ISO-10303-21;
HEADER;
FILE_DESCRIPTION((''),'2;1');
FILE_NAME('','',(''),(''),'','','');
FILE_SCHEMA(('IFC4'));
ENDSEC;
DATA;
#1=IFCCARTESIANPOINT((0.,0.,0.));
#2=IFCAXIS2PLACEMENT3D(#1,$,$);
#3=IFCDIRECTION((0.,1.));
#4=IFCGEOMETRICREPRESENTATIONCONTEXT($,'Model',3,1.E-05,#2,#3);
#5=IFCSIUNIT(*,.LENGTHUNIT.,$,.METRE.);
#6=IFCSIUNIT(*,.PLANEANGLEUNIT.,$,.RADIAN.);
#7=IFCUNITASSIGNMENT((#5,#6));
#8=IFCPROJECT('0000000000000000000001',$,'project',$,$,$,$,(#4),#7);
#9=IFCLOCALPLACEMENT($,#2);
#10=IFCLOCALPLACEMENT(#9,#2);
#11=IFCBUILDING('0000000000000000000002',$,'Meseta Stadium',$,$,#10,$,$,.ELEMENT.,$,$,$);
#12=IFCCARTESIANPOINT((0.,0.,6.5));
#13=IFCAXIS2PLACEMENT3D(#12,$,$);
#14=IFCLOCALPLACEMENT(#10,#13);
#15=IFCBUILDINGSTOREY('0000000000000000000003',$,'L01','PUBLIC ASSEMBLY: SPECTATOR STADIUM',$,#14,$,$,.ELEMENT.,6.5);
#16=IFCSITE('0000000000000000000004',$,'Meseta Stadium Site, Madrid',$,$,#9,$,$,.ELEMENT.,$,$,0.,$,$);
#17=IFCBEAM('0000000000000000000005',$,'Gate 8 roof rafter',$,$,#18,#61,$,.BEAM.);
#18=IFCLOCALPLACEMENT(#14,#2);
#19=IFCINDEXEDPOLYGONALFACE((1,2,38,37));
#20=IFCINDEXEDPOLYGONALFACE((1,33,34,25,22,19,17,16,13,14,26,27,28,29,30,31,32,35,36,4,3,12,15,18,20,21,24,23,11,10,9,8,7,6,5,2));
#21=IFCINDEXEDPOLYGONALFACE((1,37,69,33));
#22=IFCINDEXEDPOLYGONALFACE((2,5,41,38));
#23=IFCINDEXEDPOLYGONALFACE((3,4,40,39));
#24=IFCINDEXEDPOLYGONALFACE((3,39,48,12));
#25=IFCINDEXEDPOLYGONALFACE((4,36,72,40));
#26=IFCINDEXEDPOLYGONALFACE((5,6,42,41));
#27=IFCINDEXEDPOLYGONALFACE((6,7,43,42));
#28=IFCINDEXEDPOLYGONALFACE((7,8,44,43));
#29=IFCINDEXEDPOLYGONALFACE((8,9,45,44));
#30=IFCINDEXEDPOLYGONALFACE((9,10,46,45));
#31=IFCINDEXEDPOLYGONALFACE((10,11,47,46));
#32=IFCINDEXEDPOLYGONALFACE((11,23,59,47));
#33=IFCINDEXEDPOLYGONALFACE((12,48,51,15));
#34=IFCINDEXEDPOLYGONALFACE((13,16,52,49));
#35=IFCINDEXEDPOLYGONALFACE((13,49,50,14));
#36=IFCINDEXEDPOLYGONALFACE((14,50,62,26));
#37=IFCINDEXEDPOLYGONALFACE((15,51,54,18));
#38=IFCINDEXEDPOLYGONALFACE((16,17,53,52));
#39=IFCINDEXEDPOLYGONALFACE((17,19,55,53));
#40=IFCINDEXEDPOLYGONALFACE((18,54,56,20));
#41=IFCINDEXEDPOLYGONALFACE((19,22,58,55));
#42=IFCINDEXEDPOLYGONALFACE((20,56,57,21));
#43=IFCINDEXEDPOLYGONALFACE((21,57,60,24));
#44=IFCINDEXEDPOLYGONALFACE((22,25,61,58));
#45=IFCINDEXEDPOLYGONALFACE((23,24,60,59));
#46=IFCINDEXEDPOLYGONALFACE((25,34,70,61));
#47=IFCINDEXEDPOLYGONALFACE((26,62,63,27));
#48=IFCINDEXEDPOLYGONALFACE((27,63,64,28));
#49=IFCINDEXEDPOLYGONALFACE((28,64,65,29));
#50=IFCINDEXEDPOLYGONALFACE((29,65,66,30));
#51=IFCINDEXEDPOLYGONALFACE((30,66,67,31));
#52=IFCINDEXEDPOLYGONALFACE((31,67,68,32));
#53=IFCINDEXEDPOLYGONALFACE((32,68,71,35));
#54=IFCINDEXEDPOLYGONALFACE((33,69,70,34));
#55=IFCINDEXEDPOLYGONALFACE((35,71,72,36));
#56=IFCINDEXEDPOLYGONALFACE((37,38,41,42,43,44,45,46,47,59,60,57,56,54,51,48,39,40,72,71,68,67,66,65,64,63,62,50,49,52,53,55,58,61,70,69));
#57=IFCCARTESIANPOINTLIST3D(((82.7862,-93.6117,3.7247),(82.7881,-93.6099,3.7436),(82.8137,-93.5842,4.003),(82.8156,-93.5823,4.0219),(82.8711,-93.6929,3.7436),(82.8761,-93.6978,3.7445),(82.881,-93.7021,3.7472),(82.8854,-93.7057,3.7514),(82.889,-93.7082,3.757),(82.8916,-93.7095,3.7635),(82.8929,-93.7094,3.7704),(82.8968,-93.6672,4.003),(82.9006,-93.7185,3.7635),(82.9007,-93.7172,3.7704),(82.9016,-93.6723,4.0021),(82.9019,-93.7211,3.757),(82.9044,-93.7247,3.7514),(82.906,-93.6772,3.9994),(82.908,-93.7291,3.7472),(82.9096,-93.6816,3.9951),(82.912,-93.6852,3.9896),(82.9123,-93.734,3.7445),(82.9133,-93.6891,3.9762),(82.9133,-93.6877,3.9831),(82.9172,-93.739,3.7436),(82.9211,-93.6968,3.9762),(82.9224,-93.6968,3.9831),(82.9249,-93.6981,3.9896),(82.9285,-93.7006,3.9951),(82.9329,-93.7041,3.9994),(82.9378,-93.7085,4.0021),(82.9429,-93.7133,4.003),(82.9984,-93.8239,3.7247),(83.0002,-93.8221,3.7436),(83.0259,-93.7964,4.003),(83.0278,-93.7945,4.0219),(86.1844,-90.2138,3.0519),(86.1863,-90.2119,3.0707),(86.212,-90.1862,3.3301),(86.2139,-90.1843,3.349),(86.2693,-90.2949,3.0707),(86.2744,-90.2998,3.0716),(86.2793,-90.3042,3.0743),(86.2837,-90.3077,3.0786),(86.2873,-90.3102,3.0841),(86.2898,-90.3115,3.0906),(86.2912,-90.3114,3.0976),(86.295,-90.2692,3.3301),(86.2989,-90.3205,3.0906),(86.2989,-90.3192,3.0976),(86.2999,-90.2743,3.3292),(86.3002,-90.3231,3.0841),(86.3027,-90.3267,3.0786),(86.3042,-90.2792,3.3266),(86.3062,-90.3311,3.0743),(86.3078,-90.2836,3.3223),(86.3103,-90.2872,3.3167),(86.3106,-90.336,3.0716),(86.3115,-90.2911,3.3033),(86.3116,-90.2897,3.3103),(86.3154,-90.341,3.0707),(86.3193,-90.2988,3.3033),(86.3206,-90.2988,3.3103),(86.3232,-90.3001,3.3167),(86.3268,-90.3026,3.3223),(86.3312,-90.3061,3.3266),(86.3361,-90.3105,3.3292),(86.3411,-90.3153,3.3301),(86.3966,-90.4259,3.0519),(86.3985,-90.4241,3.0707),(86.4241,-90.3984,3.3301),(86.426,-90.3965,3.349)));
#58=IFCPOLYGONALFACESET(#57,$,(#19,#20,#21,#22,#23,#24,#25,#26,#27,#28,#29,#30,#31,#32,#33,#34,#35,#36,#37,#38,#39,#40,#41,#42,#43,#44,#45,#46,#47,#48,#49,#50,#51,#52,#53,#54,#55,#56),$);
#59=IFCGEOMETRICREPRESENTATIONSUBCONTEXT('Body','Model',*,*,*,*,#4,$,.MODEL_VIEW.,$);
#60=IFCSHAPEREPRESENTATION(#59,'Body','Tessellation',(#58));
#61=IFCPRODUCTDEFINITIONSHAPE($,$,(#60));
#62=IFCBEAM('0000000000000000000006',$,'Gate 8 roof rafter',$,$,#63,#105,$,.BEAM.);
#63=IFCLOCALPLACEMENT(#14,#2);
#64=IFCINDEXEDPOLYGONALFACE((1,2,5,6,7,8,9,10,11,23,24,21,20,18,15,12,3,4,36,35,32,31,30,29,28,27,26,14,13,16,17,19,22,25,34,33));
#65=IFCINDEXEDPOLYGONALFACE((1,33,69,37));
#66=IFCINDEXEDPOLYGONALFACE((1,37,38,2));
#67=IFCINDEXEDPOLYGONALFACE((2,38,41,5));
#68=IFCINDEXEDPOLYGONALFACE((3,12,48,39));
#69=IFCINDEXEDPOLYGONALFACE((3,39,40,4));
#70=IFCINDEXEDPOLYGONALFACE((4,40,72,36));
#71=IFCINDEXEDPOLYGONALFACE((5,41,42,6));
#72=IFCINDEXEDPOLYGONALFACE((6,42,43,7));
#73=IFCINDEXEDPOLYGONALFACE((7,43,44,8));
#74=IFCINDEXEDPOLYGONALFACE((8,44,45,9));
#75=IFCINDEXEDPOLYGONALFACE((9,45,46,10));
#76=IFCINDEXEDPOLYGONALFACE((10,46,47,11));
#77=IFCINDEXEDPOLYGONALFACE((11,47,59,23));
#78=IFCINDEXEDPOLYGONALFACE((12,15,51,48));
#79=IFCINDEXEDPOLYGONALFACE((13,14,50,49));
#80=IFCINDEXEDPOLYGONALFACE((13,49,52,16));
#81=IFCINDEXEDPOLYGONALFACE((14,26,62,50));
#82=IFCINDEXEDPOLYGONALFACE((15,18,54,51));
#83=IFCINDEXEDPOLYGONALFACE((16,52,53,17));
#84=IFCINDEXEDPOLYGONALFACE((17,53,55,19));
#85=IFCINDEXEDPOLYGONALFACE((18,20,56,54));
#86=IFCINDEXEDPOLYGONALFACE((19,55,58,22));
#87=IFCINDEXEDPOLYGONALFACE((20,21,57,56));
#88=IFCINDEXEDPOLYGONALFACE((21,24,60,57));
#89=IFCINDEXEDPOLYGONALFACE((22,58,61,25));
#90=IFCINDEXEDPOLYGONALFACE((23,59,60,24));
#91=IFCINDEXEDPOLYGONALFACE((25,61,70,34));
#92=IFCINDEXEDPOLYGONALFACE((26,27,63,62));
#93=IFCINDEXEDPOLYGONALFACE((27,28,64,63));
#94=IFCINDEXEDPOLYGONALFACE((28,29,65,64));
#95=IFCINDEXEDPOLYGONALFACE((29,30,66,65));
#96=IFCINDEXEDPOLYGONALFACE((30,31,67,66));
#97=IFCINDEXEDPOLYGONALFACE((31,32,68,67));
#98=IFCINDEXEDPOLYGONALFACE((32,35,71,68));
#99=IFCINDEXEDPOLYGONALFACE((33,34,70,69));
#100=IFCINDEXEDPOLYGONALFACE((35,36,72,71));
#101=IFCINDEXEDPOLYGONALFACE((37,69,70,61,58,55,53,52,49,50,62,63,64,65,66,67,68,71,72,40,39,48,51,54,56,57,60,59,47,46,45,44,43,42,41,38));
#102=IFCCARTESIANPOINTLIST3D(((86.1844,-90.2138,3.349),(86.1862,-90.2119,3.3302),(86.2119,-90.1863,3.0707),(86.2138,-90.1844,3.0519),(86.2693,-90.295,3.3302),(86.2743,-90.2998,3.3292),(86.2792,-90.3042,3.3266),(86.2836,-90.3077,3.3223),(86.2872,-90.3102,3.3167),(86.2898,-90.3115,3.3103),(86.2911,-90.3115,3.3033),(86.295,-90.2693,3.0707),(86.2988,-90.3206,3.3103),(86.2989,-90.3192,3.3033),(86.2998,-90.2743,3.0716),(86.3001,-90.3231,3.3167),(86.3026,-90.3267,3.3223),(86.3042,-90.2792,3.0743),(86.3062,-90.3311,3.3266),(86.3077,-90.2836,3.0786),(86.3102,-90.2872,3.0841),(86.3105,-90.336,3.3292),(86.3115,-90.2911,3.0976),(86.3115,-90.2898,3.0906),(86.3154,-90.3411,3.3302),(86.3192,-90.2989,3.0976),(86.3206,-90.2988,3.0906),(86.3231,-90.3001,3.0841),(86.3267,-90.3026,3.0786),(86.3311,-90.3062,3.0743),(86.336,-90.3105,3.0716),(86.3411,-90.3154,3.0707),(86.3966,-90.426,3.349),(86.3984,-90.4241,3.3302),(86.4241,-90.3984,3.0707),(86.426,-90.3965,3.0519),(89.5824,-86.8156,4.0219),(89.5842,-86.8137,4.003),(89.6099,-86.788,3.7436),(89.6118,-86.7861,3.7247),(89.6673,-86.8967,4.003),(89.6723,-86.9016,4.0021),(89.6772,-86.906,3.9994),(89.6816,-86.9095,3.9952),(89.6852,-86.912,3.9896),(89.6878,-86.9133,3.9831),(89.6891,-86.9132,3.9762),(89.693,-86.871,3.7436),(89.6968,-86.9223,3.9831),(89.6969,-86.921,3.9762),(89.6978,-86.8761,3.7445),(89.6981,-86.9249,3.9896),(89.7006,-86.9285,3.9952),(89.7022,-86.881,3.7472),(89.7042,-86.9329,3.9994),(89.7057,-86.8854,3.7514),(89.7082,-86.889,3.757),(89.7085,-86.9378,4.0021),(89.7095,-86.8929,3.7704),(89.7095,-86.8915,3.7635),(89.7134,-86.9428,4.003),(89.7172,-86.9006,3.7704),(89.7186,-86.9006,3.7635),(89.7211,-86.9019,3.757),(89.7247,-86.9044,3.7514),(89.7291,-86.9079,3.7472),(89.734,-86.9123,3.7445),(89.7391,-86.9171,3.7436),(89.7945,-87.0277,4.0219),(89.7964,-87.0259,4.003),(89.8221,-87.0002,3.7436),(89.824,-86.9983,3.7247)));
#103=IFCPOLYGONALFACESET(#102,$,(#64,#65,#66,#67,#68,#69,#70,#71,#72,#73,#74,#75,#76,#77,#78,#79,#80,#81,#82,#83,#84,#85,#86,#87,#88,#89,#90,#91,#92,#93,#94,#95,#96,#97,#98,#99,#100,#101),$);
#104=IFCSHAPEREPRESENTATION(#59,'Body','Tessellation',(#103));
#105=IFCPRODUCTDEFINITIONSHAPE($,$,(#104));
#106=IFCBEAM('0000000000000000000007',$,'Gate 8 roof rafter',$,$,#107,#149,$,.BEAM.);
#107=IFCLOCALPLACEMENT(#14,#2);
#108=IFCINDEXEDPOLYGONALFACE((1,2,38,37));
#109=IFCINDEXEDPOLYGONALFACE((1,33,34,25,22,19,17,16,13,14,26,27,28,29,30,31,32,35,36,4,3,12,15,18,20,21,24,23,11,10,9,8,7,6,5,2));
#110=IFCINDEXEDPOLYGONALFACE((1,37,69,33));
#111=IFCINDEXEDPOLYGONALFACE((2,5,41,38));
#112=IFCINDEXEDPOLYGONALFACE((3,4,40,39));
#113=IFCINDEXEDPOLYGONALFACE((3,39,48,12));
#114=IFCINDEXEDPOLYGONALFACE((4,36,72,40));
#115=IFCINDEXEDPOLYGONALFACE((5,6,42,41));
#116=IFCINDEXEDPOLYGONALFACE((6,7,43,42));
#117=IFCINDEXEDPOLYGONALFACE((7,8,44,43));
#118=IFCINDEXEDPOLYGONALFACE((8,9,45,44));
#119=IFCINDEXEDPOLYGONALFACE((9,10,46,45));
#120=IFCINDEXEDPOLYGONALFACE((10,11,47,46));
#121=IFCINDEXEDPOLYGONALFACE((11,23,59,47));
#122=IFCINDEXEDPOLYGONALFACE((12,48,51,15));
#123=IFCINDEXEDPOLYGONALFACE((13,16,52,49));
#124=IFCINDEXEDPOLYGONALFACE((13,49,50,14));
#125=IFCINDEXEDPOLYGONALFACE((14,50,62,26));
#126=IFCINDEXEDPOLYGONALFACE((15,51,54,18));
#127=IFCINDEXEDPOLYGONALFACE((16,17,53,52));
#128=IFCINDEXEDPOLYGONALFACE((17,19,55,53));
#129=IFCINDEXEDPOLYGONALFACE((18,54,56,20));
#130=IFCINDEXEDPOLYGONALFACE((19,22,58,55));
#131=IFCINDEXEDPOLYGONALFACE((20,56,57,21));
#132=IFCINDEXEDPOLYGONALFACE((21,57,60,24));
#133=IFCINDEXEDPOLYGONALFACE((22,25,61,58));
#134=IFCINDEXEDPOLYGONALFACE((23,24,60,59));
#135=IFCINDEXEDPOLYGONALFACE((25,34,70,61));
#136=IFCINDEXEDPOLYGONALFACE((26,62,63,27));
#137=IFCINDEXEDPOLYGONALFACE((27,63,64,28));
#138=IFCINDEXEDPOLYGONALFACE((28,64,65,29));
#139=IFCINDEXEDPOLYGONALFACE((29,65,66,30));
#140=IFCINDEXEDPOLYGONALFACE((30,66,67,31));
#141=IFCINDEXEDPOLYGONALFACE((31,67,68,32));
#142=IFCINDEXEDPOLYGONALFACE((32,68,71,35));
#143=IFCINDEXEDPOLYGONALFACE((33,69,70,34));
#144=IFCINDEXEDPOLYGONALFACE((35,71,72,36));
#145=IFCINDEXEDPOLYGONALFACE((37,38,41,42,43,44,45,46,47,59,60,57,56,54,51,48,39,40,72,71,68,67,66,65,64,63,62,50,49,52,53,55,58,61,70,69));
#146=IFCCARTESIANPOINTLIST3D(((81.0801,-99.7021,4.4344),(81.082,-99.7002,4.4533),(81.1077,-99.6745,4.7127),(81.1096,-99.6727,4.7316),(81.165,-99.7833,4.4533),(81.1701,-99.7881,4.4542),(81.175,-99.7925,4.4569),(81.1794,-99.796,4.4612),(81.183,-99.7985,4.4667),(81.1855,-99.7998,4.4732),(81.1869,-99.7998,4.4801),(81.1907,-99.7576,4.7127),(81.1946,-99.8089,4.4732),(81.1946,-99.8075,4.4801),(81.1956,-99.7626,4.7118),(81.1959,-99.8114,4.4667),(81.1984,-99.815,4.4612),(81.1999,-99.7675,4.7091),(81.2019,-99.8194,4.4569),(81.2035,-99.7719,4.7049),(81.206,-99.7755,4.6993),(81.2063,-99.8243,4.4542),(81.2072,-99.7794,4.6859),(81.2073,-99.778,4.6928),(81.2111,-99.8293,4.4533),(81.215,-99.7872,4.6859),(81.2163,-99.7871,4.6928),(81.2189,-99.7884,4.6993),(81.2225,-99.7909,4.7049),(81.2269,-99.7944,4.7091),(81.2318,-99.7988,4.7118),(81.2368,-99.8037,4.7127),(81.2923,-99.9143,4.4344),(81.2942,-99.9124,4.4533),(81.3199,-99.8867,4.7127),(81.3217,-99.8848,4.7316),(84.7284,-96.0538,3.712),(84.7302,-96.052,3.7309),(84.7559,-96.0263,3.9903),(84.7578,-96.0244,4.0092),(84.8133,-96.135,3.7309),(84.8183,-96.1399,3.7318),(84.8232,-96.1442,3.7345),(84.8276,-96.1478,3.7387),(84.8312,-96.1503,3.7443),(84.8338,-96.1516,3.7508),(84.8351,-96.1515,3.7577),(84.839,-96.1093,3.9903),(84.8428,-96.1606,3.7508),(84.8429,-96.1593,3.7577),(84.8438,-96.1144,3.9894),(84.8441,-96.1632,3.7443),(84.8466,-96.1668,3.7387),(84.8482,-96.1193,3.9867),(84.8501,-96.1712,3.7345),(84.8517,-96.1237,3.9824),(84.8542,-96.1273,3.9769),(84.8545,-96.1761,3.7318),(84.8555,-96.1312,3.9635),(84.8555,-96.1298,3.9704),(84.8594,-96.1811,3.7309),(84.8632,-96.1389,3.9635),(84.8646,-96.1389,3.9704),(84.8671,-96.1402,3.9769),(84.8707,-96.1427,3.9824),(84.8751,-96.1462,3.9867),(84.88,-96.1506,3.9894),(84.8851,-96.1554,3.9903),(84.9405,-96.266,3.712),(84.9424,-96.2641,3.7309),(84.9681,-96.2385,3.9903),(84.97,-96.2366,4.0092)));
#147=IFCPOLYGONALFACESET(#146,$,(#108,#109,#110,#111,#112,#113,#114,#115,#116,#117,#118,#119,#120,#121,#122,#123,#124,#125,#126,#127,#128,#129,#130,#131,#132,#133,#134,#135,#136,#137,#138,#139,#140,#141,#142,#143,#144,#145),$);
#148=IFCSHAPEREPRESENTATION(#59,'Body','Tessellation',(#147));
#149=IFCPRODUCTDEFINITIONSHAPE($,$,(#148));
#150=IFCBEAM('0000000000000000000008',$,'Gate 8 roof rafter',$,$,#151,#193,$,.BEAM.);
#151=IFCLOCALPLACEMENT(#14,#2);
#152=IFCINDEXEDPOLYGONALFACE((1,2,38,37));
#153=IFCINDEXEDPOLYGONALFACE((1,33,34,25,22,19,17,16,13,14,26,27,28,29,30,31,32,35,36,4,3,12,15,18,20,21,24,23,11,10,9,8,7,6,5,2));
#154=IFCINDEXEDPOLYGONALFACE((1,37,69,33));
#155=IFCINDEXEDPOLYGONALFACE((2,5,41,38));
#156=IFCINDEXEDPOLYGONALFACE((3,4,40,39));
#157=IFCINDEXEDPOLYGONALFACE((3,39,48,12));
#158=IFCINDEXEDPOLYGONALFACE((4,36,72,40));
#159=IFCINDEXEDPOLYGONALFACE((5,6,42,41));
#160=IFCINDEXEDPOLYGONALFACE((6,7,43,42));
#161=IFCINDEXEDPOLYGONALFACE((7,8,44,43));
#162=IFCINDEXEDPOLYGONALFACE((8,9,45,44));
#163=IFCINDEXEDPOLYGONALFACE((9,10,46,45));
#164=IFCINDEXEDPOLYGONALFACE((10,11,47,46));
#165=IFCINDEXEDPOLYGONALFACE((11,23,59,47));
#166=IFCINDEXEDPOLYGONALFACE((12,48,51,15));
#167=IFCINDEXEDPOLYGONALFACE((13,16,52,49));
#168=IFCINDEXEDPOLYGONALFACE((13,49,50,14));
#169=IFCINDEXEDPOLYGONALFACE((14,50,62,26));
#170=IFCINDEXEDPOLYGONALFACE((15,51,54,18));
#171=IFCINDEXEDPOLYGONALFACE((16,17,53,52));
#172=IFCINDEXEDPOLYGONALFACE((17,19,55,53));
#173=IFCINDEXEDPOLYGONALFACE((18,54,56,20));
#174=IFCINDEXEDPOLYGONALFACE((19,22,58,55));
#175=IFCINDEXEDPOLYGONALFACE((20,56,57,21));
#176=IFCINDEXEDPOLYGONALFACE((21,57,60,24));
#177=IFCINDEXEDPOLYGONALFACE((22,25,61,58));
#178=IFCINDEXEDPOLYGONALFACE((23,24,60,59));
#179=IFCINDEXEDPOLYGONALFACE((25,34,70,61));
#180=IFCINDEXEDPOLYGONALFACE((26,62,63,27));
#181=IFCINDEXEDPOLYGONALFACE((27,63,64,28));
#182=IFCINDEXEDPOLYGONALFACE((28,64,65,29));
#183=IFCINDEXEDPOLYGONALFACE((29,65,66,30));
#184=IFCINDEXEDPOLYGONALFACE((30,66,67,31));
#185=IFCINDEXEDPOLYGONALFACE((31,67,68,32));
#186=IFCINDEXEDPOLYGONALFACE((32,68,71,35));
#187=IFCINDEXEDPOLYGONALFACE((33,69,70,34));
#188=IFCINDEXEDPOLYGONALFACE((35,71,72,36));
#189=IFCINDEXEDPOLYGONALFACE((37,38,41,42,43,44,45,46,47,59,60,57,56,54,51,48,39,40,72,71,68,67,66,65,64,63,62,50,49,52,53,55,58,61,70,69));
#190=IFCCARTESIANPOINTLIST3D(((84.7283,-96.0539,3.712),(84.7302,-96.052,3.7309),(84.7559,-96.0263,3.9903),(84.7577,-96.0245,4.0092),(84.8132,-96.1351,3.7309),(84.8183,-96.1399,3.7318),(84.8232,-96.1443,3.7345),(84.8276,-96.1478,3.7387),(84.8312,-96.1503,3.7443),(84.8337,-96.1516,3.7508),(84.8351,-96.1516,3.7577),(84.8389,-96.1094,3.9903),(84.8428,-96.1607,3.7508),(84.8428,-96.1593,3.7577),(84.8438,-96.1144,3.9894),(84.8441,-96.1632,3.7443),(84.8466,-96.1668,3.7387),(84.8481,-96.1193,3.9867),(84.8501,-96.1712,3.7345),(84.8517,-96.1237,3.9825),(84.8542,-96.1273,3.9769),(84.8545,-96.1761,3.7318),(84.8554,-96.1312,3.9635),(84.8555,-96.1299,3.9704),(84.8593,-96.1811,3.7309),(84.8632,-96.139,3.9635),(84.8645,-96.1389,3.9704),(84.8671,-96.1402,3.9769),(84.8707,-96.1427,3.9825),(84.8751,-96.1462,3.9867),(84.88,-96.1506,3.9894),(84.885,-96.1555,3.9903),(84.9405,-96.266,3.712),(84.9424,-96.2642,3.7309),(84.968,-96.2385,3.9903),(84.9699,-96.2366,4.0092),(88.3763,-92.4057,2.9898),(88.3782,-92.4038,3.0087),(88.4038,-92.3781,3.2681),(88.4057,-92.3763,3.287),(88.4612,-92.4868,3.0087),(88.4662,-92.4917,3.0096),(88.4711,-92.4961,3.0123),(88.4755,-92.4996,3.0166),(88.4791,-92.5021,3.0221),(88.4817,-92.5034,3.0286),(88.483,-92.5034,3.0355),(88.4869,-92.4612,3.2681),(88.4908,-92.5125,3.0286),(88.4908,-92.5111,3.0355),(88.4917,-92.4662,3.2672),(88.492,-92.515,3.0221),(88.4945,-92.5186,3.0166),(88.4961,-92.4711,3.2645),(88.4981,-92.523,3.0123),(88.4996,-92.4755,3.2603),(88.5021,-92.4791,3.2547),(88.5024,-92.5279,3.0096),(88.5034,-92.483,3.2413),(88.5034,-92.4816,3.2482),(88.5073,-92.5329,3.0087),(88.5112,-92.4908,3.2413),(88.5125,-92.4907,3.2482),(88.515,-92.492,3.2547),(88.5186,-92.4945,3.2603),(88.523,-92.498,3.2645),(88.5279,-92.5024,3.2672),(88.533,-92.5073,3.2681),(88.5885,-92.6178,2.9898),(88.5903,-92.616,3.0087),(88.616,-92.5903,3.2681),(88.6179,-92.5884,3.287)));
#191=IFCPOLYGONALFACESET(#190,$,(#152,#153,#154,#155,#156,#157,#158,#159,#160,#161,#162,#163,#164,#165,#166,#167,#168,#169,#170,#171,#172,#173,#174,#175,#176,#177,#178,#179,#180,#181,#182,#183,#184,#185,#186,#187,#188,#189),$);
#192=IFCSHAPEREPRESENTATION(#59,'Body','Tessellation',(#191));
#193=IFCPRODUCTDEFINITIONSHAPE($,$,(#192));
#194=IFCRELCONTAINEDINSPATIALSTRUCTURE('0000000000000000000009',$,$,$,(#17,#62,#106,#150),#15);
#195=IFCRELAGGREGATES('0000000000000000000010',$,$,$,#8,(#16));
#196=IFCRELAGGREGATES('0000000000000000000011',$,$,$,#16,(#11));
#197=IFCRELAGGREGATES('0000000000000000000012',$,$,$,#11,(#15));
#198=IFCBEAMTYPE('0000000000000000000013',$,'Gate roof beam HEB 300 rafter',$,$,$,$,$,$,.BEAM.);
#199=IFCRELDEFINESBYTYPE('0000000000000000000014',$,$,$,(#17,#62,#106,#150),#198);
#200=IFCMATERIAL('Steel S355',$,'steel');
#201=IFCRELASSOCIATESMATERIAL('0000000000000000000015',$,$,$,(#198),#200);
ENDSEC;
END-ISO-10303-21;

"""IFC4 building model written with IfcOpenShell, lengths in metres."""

from ifc_helpers import new_model, si_unit, direction, frame, origin, origin_2d, place, context, subcontext, project, spatial, i_section, extrude, material, material_profile, profile_set, type_object, element, save


model = new_model("IFC4")

# Units and contexts
model_context = context("Model", 3, precision=1e-05, world=origin(), true_north=direction((0.0, 1.0)))
body_context = subcontext(model_context, "Body", "Model", "MODEL_VIEW")
ifc_project = project(units=[si_unit("LENGTHUNIT", "METRE"), si_unit("PLANEANGLEUNIT", "RADIAN")], contexts=[model_context])

# Site, building, storey
site_placement = place(None, origin())
site = spatial("IfcSite", under=ifc_project, at=site_placement, Name="Meseta Stadium Site, Madrid", CompositionType="ELEMENT", RefElevation=0.0)
building_placement = place(site_placement, origin())
building = spatial("IfcBuilding", under=site, at=building_placement, Name="Meseta Stadium", CompositionType="ELEMENT")
storey_placement = place(building_placement, frame((0.0, 0.0, 6.5)))
storey = spatial("IfcBuildingStorey", under=building, at=storey_placement, Name="L01", Description="PUBLIC ASSEMBLY: SPECTATOR STADIUM", CompositionType="ELEMENT", Elevation=6.5)

# Beams
ifc_material_1 = material(Name="Steel S355", Category="steel")
ifc_material_profile_1 = material_profile(ifc_material_1, i_section(OverallWidth=0.3, OverallDepth=0.3, WebThickness=0.011, FlangeThickness=0.019, FilletRadius=0.0271, at=origin_2d()), Name="HEB 300")
ifc_profile_set_1 = profile_set([ifc_material_profile_1], Name="Steel S355")
beam_type_1 = type_object("IfcBeamType", Name="Gate roof beam HEB 300 rafter", PredefinedType="BEAM", material=ifc_profile_set_1)
for number, where, z_axis, x_axis, name in (
    (1, (82.907, -93.7031, 3.8733), (0.700301, 0.700251, -0.138662), (-0.707081, 0.707132, 0.0), "Gate 8 roof rafter"),
    (2, (86.3052, -90.3052, 3.2004), (0.700251, 0.700301, 0.138662), (-0.707132, 0.707081, 0.0), "Gate 8 roof rafter"),
):
    element("IfcBeam", number, at=place(storey_placement, frame(where, z_axis=z_axis, x_axis=x_axis)), inside=storey, type_object=beam_type_1, Name=name, PredefinedType="BEAM", context=body_context, shape_type="SweptSolid", body=[
        extrude(i_section(OverallWidth=0.3, OverallDepth=0.3, WebThickness=0.011, FlangeThickness=0.019, FilletRadius=0.0271, at=origin_2d()), origin(), (0.0, 0.0, 1.0), 4.8525),
    ])
beam_1_placement = place(storey_placement, frame((81.2009, -99.7935, 4.583), z_axis=(0.700275, 0.700275, -0.138668), x_axis=(-0.707107, 0.707107, 0.0)))
element("IfcBeam", 3, at=beam_1_placement, inside=storey, type_object=beam_type_1, Name="Gate 8 roof rafter", PredefinedType="BEAM", context=body_context, shape_type="SweptSolid", body=[
    extrude(i_section(OverallWidth=0.3, OverallDepth=0.3, WebThickness=0.011, FlangeThickness=0.019, FilletRadius=0.0271, at=origin_2d()), origin(), (0.0, 0.0, 1.0), 5.2097),
])
for number, where, z_axis, x_axis, name in (
    (4, (84.8491, -96.1453, 3.8606), (0.700256, 0.700303, -0.138627), (-0.70713, 0.707083, 0.0), "Gate 8 roof rafter"),
):
    element("IfcBeam", number, at=place(storey_placement, frame(where, z_axis=z_axis, x_axis=x_axis)), inside=storey, type_object=beam_type_1, Name=name, PredefinedType="BEAM", context=body_context, shape_type="SweptSolid", body=[
        extrude(i_section(OverallWidth=0.3, OverallDepth=0.3, WebThickness=0.011, FlangeThickness=0.019, FilletRadius=0.0271, at=origin_2d()), origin(), (0.0, 0.0, 1.0), 5.2095),
    ])

save(model, "model.ifc")
